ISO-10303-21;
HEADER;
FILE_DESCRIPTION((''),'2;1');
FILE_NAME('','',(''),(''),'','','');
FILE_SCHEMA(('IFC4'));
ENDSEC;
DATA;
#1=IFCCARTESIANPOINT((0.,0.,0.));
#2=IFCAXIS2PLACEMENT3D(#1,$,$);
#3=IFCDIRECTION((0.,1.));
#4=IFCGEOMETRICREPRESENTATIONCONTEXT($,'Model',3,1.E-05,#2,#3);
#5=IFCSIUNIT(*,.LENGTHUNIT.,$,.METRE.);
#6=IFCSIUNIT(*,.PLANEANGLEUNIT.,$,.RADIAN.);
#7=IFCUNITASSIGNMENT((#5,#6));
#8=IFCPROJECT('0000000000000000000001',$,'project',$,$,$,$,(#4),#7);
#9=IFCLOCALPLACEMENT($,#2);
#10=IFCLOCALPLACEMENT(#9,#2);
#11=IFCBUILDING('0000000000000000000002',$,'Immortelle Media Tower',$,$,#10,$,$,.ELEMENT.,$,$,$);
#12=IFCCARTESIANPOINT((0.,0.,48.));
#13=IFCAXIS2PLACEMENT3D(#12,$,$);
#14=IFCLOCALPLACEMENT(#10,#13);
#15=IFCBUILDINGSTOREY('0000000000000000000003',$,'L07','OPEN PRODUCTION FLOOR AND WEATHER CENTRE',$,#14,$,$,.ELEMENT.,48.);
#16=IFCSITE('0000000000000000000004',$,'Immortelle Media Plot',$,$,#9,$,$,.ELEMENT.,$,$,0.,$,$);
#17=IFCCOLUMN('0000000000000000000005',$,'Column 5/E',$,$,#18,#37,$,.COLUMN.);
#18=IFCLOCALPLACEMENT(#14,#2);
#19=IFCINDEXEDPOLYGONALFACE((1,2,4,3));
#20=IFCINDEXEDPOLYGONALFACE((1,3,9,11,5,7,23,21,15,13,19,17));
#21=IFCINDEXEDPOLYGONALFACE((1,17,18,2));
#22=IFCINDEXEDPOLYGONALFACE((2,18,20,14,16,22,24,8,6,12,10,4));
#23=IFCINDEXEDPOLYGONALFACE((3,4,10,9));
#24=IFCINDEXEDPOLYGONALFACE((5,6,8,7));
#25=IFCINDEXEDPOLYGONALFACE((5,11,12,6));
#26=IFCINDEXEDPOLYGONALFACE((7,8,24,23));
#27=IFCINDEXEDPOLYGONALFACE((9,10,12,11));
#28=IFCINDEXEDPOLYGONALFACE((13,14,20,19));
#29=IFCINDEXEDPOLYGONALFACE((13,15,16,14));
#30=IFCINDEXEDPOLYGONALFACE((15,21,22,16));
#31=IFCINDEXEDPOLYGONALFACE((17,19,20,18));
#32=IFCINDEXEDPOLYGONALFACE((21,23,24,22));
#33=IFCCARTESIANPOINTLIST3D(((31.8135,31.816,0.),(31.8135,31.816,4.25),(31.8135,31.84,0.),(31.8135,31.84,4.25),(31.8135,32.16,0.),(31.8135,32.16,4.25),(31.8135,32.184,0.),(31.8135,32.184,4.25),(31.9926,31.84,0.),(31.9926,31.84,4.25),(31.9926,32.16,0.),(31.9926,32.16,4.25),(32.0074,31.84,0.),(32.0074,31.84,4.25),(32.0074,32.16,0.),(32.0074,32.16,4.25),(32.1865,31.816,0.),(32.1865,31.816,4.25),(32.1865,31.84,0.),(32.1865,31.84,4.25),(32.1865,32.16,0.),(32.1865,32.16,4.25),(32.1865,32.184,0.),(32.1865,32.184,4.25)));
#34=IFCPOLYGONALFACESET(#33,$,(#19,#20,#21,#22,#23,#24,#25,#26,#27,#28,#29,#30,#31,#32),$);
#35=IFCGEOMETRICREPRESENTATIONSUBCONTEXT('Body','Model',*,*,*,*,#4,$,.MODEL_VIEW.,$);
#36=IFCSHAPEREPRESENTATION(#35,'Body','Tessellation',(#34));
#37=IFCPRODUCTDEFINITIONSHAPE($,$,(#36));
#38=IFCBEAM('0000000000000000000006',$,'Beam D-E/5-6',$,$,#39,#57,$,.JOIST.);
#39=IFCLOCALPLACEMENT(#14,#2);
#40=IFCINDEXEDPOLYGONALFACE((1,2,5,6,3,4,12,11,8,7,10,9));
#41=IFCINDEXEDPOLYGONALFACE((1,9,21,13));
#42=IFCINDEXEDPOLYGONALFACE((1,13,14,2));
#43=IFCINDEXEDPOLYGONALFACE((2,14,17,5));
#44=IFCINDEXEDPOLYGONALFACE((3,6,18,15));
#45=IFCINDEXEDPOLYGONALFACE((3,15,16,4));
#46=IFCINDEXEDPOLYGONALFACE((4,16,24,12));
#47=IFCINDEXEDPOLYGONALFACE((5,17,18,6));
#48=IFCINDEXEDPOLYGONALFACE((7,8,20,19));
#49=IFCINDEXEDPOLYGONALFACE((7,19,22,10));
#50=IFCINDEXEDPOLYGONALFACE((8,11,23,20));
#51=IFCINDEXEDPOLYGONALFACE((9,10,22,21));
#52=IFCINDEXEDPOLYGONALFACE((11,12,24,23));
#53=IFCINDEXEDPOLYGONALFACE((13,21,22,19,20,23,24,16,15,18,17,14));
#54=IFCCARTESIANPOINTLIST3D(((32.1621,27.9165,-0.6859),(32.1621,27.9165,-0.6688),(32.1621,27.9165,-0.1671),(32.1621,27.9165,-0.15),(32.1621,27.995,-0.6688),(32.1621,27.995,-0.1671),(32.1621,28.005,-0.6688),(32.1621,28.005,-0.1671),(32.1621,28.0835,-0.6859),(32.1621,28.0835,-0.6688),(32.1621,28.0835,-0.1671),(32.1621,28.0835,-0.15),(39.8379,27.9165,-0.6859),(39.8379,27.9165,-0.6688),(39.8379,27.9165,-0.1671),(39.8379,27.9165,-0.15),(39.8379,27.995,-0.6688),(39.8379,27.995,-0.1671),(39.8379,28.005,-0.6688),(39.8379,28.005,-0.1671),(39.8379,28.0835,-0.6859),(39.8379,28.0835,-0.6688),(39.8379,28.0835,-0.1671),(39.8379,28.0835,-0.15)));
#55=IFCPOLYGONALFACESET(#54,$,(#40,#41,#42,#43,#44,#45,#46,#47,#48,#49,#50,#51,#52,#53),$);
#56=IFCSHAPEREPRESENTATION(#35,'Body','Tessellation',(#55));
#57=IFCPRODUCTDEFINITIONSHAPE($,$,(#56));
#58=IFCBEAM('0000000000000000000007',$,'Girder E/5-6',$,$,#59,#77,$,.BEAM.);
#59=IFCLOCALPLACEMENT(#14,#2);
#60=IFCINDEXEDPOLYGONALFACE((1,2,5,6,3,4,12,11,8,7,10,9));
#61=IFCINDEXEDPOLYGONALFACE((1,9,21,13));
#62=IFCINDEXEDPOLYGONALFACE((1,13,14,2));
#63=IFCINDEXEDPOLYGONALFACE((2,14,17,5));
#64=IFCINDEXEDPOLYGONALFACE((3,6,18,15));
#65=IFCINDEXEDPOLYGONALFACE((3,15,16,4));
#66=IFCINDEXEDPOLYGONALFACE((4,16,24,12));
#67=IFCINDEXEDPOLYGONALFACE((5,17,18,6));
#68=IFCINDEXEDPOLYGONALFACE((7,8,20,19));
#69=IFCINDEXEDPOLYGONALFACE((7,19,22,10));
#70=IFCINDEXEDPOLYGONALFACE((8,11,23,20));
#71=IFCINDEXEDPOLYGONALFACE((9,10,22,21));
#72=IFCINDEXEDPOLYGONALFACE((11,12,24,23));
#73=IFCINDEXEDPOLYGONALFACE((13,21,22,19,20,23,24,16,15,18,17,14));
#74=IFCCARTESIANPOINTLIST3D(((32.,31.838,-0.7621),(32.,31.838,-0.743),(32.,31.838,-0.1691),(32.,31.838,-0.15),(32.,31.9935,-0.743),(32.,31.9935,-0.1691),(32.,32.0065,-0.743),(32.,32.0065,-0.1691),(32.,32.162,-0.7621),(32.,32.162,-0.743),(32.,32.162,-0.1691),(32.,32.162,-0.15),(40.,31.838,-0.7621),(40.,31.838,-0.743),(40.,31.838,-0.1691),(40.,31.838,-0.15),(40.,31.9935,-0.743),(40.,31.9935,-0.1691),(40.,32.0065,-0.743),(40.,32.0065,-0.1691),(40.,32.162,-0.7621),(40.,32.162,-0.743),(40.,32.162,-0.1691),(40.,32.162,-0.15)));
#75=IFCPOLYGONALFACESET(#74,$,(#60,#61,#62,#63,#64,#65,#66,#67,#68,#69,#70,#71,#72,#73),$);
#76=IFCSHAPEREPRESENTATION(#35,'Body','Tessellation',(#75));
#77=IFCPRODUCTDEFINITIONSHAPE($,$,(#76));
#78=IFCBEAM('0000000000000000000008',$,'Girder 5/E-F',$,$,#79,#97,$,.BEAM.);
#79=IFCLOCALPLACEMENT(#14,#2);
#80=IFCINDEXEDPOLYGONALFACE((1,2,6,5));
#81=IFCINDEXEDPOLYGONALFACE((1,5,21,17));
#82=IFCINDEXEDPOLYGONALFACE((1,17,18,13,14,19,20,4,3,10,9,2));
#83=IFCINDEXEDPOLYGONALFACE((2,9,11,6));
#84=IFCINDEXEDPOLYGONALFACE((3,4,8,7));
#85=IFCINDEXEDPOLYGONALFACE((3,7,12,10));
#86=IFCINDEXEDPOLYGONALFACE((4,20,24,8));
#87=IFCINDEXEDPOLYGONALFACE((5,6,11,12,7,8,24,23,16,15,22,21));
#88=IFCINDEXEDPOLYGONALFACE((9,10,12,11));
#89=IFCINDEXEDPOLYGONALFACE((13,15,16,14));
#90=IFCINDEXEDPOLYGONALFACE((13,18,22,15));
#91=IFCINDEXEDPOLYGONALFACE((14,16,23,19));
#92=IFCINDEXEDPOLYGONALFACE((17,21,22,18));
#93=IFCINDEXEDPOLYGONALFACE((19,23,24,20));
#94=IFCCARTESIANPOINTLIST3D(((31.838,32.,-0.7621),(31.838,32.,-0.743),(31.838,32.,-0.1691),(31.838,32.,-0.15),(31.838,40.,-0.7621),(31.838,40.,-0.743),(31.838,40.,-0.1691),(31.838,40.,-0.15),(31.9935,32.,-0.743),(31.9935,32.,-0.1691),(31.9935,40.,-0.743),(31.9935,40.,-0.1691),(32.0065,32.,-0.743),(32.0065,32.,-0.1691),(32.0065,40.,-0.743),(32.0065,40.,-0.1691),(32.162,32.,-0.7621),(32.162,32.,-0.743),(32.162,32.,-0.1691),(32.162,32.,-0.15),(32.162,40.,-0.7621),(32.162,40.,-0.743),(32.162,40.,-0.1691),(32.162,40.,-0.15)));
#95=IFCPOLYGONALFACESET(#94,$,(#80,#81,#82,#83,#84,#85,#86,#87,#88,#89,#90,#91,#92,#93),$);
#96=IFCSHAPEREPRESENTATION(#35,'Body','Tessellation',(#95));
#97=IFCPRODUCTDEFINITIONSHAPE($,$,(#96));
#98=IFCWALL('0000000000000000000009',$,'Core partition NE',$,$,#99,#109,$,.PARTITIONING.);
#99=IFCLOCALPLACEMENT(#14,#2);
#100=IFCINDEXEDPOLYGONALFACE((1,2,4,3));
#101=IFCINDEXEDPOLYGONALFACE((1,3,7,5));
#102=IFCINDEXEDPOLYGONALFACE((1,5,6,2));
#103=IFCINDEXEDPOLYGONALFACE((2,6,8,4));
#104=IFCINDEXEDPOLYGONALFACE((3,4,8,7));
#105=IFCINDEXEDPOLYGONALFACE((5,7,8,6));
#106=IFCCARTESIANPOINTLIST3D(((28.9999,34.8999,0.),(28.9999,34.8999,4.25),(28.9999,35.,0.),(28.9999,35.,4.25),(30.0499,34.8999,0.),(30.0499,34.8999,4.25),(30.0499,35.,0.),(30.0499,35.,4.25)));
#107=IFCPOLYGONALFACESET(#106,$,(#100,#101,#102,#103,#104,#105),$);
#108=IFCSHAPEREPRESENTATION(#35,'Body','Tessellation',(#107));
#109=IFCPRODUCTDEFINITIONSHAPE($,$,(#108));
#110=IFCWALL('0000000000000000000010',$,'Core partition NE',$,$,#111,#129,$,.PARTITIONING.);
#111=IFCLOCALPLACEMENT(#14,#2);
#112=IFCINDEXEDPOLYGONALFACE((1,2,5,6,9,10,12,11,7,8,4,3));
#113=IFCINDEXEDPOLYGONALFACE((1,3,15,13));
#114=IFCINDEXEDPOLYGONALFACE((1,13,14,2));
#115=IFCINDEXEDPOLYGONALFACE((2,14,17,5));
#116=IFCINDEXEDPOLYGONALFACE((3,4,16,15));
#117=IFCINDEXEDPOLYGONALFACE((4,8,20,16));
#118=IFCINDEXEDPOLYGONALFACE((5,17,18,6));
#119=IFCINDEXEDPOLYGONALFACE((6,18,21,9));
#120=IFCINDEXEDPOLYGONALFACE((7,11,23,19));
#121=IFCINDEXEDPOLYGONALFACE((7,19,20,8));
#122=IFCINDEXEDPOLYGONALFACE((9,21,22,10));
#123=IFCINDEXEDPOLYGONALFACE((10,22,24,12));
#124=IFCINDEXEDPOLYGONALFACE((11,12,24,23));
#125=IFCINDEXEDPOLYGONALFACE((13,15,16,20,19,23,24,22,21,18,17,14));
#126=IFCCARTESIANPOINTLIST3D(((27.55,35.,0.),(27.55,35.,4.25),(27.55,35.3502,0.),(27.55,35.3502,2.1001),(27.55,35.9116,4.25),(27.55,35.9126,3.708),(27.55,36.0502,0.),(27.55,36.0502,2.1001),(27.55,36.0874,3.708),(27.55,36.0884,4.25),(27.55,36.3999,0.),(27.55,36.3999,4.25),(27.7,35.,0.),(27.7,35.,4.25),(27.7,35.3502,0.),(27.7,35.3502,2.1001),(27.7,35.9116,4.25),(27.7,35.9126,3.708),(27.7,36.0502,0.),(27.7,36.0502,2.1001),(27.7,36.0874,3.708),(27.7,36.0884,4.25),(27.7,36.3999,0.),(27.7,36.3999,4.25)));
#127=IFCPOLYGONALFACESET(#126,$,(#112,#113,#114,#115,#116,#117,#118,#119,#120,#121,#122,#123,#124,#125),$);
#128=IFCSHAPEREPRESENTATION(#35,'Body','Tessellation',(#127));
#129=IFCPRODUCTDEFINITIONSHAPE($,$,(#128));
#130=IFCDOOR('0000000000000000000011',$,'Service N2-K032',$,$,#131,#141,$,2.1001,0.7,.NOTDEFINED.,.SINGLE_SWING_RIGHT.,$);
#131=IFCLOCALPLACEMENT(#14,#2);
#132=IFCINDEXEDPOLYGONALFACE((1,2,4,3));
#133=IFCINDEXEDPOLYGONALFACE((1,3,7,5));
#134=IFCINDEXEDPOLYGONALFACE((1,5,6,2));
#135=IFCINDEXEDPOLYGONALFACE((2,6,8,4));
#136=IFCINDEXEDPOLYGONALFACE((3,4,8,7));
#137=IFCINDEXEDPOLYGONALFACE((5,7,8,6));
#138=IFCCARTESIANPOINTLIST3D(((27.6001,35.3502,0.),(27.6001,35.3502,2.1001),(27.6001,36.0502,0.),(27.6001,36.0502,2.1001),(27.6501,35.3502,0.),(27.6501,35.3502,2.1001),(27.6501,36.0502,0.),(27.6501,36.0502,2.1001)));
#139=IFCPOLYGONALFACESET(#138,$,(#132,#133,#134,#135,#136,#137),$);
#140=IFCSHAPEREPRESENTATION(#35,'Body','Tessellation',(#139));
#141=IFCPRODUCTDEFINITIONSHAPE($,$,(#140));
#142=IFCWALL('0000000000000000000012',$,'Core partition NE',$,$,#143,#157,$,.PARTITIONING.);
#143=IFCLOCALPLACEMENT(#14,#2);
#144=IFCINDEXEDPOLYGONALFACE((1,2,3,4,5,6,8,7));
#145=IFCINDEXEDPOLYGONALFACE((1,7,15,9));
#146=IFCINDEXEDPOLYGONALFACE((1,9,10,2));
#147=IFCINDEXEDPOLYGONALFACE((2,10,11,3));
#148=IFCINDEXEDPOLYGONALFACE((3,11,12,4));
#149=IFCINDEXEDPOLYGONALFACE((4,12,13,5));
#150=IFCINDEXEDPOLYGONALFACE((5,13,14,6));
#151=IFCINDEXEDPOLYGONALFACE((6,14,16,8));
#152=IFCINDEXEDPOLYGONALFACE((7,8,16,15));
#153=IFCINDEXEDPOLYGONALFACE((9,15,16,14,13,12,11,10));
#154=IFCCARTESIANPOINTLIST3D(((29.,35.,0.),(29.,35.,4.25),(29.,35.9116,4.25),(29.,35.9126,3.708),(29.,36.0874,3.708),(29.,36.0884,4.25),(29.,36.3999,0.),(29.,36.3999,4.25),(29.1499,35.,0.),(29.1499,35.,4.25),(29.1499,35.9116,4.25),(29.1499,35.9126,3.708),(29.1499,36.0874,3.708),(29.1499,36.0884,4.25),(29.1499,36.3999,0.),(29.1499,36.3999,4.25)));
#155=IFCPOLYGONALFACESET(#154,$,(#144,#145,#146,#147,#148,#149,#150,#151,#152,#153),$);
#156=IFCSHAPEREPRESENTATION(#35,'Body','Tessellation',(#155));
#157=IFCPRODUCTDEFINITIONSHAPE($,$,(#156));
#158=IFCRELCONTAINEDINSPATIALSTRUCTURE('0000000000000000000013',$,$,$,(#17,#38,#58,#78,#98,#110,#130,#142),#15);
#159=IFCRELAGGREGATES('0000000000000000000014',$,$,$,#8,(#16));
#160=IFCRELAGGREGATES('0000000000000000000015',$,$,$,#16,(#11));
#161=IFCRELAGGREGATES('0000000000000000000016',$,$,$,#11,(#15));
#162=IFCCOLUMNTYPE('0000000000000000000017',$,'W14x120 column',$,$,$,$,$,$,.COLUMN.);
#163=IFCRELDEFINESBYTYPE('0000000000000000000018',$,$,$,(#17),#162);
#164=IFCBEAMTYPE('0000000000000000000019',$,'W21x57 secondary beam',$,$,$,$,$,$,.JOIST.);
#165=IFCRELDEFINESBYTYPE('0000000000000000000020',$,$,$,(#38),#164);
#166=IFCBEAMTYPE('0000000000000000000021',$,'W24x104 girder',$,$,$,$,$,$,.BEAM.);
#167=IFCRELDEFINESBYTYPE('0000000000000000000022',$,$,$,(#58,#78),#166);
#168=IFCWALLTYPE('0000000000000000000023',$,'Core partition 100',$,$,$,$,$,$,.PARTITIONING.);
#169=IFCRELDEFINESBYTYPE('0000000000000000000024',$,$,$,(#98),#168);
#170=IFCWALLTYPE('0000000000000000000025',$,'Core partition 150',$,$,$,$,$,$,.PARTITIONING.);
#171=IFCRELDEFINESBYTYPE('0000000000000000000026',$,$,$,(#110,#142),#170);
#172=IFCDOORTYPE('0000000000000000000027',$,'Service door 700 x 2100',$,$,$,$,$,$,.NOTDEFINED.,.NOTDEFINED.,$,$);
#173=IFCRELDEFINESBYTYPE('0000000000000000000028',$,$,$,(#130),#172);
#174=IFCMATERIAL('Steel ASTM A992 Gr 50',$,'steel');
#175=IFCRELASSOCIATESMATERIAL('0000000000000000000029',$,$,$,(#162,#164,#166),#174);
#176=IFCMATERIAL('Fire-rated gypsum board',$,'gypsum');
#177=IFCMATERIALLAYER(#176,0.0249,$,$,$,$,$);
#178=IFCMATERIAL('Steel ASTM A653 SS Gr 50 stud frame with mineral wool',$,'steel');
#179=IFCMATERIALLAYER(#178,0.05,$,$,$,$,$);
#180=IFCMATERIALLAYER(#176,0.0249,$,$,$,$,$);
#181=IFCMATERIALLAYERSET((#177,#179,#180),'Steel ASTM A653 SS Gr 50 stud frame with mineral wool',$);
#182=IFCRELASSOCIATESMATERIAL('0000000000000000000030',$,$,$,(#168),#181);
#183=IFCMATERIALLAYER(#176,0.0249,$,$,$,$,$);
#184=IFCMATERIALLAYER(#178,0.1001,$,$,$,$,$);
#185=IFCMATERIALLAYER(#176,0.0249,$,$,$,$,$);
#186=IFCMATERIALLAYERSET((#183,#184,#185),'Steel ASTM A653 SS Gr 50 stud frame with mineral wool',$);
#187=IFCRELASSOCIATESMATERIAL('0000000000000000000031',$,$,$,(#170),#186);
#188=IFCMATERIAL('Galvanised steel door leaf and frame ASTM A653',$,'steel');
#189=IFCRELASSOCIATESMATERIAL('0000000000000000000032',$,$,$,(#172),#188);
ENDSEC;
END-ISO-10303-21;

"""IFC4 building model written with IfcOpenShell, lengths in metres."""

from ifc_helpers import new_model, si_unit, direction, frame, frame_2d, origin, origin_2d, place, context, subcontext, project, spatial, polyline, rectangle, i_section, outline, extrude, material, layer, layer_set, material_profile, profile_set, type_object, element, fill, save


model = new_model("IFC4")

# Units and contexts
model_context = context("Model", 3, precision=1e-05, world=origin(), true_north=direction((0.0, 1.0)))
body_context = subcontext(model_context, "Body", "Model", "MODEL_VIEW")
ifc_project = project(units=[si_unit("LENGTHUNIT", "METRE"), si_unit("PLANEANGLEUNIT", "RADIAN")], contexts=[model_context])

# Site, building, storey
site_placement = place(None, origin())
site = spatial("IfcSite", under=ifc_project, at=site_placement, Name="Immortelle Media Plot", CompositionType="ELEMENT", RefElevation=0.0)
building_placement = place(site_placement, origin())
building = spatial("IfcBuilding", under=site, at=building_placement, Name="Immortelle Media Tower", CompositionType="ELEMENT")
storey_placement = place(building_placement, frame((0.0, 0.0, 48.0)))
storey = spatial("IfcBuildingStorey", under=building, at=storey_placement, Name="L07", Description="OPEN PRODUCTION FLOOR AND WEATHER CENTRE", CompositionType="ELEMENT", Elevation=48.0)

# Column
ifc_material_1 = material(Name="Steel ASTM A992 Gr 50", Category="steel")
ifc_material_profile_1 = material_profile(ifc_material_1, i_section(OverallWidth=0.373, OverallDepth=0.3679, WebThickness=0.0149, FlangeThickness=0.0239, at=origin_2d()), Name="W14x120")
ifc_profile_set_1 = profile_set([ifc_material_profile_1], Name="Steel ASTM A992 Gr 50")
column_type = type_object("IfcColumnType", Name="W14x120 column", PredefinedType="COLUMN", material=ifc_profile_set_1)
column_placement = place(storey_placement, frame((32.0, 32.0, 0.0), z_axis=(0.0, 0.0, 1.0), x_axis=(1.0, 0.0, 0.0)))
element("IfcColumn", 1, at=column_placement, inside=storey, type_object=column_type, Name="Column 5/E", PredefinedType="COLUMN", context=body_context, shape_type="SweptSolid", body=[
    extrude(i_section(OverallWidth=0.373, OverallDepth=0.3679, WebThickness=0.0149, FlangeThickness=0.0239, at=origin_2d()), origin(), (0.0, 0.0, 1.0), 4.25),
])

# Beams
ifc_material_profile_2 = material_profile(ifc_material_1, i_section(OverallWidth=0.167, OverallDepth=0.5359, WebThickness=0.01, FlangeThickness=0.0171, at=origin_2d()), Name="W21x57")
ifc_profile_set_2 = profile_set([ifc_material_profile_2], Name="Steel ASTM A992 Gr 50")
beam_type_1 = type_object("IfcBeamType", Name="W21x57 secondary beam", PredefinedType="JOIST", material=ifc_profile_set_2)
beam_placement = place(storey_placement, frame((32.1621, 28.0, -0.418), z_axis=(1.0, 0.0, 0.0), x_axis=(0.0, 1.0, 0.0)))
element("IfcBeam", 2, at=beam_placement, inside=storey, type_object=beam_type_1, Name="Beam D-E/5-6", PredefinedType="JOIST", context=body_context, shape_type="SweptSolid", body=[
    extrude(i_section(OverallWidth=0.167, OverallDepth=0.5359, WebThickness=0.01, FlangeThickness=0.0171, at=origin_2d()), origin(), (0.0, 0.0, 1.0), 7.6758),
])
ifc_material_profile_3 = material_profile(ifc_material_1, i_section(OverallWidth=0.324, OverallDepth=0.6121, WebThickness=0.0129, FlangeThickness=0.019, at=origin_2d()), Name="W24x104")
ifc_profile_set_3 = profile_set([ifc_material_profile_3], Name="Steel ASTM A992 Gr 50")
beam_type_2 = type_object("IfcBeamType", Name="W24x104 girder", PredefinedType="BEAM", material=ifc_profile_set_3)
for number, where, z_axis, x_axis, name in (
    (3, (32.0, 32.0, -0.4561), (1.0, 0.0, 0.0), (0.0, 1.0, 0.0), "Girder E/5-6"),
    (4, (32.0, 32.0, -0.4561), (0.0, 1.0, 0.0), (-1.0, 0.0, 0.0), "Girder 5/E-F"),
):
    element("IfcBeam", number, at=place(storey_placement, frame(where, z_axis=z_axis, x_axis=x_axis)), inside=storey, type_object=beam_type_2, Name=name, PredefinedType="BEAM", context=body_context, shape_type="SweptSolid", body=[
        extrude(i_section(OverallWidth=0.324, OverallDepth=0.6121, WebThickness=0.0129, FlangeThickness=0.019, at=origin_2d()), origin(), (0.0, 0.0, 1.0), 8.0),
    ])

# Wall
ifc_material_2 = material(Name="Fire-rated gypsum board", Category="gypsum")
ifc_layer_1 = layer(ifc_material_2, 0.0249)
ifc_material_3 = material(Name="Steel ASTM A653 SS Gr 50 stud frame with mineral wool", Category="steel")
ifc_layer_2 = layer(ifc_material_3, 0.05)
ifc_layer_3 = layer(ifc_material_2, 0.0249)
ifc_layer_set_1 = layer_set([ifc_layer_1, ifc_layer_2, ifc_layer_3], Name="Steel ASTM A653 SS Gr 50 stud frame with mineral wool")
wall_type_1 = type_object("IfcWallType", Name="Core partition 100", PredefinedType="PARTITIONING", material=ifc_layer_set_1)
wall_1_placement = place(storey_placement, frame((29.0, 34.95, 0.0), z_axis=(0.0, 0.0, 1.0), x_axis=(1.0, 0.0, 0.0)))
element("IfcWall", 5, at=wall_1_placement, inside=storey, type_object=wall_type_1, Name="Core partition NE", PredefinedType="PARTITIONING", context=body_context, shape_type="SweptSolid", body=[
    extrude(rectangle(XDim=1.05, YDim=0.1001, at=frame_2d((0.5249, 0.0))), origin(), (0.0, 0.0, 1.0), 4.25),
])

# Wall, opening, door
ifc_layer_4 = layer(ifc_material_2, 0.0249)
ifc_layer_5 = layer(ifc_material_3, 0.1001)
ifc_layer_6 = layer(ifc_material_2, 0.0249)
ifc_layer_set_2 = layer_set([ifc_layer_4, ifc_layer_5, ifc_layer_6], Name="Steel ASTM A653 SS Gr 50 stud frame with mineral wool")
wall_type_2 = type_object("IfcWallType", Name="Core partition 150", PredefinedType="PARTITIONING", material=ifc_layer_set_2)
wall_2_placement = place(storey_placement, frame((27.625, 35.0, 0.0), z_axis=(0.0, 0.0, 1.0), x_axis=(0.0, 1.0, 0.0)))
wall_2 = element("IfcWall", 6, at=wall_2_placement, inside=storey, type_object=wall_type_2, Name="Core partition NE", PredefinedType="PARTITIONING", context=body_context, shape_type="SweptSolid", body=[
    extrude(outline(polyline([(0.0, 0.0), (1.3999, 0.0), (1.3999, 4.25), (1.0884, 4.25), (1.0874, 3.708), (0.9126, 3.708), (0.9116, 4.25), (0.0, 4.25), (0.0, 0.0)])), frame((0.0, 0.075, 0.0), z_axis=(0.0, -1.0, 0.0), x_axis=(1.0, 0.0, 0.0)), (0.0, 0.0, 1.0), 0.1499),
])
opening_1_placement = place(wall_2_placement, frame((0.3501, 0.0, 0.0)))
opening_1 = element("IfcOpeningElement", 7, at=opening_1_placement, cuts=wall_2, PredefinedType="OPENING", context=body_context, shape_type="SweptSolid", body=[
    extrude(rectangle(XDim=0.7, YDim=2.1001, at=frame_2d((0.3501, 1.05))), frame((0.0, 0.085, 0.0), z_axis=(0.0, -1.0, 0.0), x_axis=(1.0, 0.0, 0.0)), (0.0, 0.0, 1.0), 0.1699),
])
ifc_material_4 = material(Name="Galvanised steel door leaf and frame ASTM A653", Category="steel")
door_type_1 = type_object("IfcDoorType", Name="Service door 700 x 2100", OperationType="NOTDEFINED", PredefinedType="NOTDEFINED", material=ifc_material_4)
door_1_placement = place(opening_1_placement, origin())
door_1 = element("IfcDoor", 8, at=door_1_placement, inside=storey, type_object=door_type_1, Name="Service N2-K032", OperationType="SINGLE_SWING_RIGHT", OverallHeight=2.1001, OverallWidth=0.7, PredefinedType="NOTDEFINED", context=body_context, shape_type="SweptSolid", body=[
    extrude(rectangle(XDim=0.7, YDim=2.1001, at=frame_2d((0.3501, 1.05))), frame((0.0, 0.0249, 0.0), z_axis=(0.0, -1.0, 0.0), x_axis=(1.0, 0.0, 0.0)), (0.0, 0.0, 1.0), 0.05),
])
fill(opening_1, door_1)

# Wall
wall_3_placement = place(storey_placement, frame((29.075, 35.0, 0.0), z_axis=(0.0, 0.0, 1.0), x_axis=(0.0, 1.0, 0.0)))
element("IfcWall", 9, at=wall_3_placement, inside=storey, type_object=wall_type_2, Name="Core partition NE", PredefinedType="PARTITIONING", context=body_context, shape_type="SweptSolid", body=[
    extrude(outline(polyline([(0.0, 0.0), (1.3999, 0.0), (1.3999, 4.25), (1.0884, 4.25), (1.0874, 3.708), (0.9126, 3.708), (0.9116, 4.25), (0.0, 4.25), (0.0, 0.0)])), frame((0.0, 0.075, 0.0), z_axis=(0.0, -1.0, 0.0), x_axis=(1.0, 0.0, 0.0)), (0.0, 0.0, 1.0), 0.1499),
])

save(model, "model.ifc")
